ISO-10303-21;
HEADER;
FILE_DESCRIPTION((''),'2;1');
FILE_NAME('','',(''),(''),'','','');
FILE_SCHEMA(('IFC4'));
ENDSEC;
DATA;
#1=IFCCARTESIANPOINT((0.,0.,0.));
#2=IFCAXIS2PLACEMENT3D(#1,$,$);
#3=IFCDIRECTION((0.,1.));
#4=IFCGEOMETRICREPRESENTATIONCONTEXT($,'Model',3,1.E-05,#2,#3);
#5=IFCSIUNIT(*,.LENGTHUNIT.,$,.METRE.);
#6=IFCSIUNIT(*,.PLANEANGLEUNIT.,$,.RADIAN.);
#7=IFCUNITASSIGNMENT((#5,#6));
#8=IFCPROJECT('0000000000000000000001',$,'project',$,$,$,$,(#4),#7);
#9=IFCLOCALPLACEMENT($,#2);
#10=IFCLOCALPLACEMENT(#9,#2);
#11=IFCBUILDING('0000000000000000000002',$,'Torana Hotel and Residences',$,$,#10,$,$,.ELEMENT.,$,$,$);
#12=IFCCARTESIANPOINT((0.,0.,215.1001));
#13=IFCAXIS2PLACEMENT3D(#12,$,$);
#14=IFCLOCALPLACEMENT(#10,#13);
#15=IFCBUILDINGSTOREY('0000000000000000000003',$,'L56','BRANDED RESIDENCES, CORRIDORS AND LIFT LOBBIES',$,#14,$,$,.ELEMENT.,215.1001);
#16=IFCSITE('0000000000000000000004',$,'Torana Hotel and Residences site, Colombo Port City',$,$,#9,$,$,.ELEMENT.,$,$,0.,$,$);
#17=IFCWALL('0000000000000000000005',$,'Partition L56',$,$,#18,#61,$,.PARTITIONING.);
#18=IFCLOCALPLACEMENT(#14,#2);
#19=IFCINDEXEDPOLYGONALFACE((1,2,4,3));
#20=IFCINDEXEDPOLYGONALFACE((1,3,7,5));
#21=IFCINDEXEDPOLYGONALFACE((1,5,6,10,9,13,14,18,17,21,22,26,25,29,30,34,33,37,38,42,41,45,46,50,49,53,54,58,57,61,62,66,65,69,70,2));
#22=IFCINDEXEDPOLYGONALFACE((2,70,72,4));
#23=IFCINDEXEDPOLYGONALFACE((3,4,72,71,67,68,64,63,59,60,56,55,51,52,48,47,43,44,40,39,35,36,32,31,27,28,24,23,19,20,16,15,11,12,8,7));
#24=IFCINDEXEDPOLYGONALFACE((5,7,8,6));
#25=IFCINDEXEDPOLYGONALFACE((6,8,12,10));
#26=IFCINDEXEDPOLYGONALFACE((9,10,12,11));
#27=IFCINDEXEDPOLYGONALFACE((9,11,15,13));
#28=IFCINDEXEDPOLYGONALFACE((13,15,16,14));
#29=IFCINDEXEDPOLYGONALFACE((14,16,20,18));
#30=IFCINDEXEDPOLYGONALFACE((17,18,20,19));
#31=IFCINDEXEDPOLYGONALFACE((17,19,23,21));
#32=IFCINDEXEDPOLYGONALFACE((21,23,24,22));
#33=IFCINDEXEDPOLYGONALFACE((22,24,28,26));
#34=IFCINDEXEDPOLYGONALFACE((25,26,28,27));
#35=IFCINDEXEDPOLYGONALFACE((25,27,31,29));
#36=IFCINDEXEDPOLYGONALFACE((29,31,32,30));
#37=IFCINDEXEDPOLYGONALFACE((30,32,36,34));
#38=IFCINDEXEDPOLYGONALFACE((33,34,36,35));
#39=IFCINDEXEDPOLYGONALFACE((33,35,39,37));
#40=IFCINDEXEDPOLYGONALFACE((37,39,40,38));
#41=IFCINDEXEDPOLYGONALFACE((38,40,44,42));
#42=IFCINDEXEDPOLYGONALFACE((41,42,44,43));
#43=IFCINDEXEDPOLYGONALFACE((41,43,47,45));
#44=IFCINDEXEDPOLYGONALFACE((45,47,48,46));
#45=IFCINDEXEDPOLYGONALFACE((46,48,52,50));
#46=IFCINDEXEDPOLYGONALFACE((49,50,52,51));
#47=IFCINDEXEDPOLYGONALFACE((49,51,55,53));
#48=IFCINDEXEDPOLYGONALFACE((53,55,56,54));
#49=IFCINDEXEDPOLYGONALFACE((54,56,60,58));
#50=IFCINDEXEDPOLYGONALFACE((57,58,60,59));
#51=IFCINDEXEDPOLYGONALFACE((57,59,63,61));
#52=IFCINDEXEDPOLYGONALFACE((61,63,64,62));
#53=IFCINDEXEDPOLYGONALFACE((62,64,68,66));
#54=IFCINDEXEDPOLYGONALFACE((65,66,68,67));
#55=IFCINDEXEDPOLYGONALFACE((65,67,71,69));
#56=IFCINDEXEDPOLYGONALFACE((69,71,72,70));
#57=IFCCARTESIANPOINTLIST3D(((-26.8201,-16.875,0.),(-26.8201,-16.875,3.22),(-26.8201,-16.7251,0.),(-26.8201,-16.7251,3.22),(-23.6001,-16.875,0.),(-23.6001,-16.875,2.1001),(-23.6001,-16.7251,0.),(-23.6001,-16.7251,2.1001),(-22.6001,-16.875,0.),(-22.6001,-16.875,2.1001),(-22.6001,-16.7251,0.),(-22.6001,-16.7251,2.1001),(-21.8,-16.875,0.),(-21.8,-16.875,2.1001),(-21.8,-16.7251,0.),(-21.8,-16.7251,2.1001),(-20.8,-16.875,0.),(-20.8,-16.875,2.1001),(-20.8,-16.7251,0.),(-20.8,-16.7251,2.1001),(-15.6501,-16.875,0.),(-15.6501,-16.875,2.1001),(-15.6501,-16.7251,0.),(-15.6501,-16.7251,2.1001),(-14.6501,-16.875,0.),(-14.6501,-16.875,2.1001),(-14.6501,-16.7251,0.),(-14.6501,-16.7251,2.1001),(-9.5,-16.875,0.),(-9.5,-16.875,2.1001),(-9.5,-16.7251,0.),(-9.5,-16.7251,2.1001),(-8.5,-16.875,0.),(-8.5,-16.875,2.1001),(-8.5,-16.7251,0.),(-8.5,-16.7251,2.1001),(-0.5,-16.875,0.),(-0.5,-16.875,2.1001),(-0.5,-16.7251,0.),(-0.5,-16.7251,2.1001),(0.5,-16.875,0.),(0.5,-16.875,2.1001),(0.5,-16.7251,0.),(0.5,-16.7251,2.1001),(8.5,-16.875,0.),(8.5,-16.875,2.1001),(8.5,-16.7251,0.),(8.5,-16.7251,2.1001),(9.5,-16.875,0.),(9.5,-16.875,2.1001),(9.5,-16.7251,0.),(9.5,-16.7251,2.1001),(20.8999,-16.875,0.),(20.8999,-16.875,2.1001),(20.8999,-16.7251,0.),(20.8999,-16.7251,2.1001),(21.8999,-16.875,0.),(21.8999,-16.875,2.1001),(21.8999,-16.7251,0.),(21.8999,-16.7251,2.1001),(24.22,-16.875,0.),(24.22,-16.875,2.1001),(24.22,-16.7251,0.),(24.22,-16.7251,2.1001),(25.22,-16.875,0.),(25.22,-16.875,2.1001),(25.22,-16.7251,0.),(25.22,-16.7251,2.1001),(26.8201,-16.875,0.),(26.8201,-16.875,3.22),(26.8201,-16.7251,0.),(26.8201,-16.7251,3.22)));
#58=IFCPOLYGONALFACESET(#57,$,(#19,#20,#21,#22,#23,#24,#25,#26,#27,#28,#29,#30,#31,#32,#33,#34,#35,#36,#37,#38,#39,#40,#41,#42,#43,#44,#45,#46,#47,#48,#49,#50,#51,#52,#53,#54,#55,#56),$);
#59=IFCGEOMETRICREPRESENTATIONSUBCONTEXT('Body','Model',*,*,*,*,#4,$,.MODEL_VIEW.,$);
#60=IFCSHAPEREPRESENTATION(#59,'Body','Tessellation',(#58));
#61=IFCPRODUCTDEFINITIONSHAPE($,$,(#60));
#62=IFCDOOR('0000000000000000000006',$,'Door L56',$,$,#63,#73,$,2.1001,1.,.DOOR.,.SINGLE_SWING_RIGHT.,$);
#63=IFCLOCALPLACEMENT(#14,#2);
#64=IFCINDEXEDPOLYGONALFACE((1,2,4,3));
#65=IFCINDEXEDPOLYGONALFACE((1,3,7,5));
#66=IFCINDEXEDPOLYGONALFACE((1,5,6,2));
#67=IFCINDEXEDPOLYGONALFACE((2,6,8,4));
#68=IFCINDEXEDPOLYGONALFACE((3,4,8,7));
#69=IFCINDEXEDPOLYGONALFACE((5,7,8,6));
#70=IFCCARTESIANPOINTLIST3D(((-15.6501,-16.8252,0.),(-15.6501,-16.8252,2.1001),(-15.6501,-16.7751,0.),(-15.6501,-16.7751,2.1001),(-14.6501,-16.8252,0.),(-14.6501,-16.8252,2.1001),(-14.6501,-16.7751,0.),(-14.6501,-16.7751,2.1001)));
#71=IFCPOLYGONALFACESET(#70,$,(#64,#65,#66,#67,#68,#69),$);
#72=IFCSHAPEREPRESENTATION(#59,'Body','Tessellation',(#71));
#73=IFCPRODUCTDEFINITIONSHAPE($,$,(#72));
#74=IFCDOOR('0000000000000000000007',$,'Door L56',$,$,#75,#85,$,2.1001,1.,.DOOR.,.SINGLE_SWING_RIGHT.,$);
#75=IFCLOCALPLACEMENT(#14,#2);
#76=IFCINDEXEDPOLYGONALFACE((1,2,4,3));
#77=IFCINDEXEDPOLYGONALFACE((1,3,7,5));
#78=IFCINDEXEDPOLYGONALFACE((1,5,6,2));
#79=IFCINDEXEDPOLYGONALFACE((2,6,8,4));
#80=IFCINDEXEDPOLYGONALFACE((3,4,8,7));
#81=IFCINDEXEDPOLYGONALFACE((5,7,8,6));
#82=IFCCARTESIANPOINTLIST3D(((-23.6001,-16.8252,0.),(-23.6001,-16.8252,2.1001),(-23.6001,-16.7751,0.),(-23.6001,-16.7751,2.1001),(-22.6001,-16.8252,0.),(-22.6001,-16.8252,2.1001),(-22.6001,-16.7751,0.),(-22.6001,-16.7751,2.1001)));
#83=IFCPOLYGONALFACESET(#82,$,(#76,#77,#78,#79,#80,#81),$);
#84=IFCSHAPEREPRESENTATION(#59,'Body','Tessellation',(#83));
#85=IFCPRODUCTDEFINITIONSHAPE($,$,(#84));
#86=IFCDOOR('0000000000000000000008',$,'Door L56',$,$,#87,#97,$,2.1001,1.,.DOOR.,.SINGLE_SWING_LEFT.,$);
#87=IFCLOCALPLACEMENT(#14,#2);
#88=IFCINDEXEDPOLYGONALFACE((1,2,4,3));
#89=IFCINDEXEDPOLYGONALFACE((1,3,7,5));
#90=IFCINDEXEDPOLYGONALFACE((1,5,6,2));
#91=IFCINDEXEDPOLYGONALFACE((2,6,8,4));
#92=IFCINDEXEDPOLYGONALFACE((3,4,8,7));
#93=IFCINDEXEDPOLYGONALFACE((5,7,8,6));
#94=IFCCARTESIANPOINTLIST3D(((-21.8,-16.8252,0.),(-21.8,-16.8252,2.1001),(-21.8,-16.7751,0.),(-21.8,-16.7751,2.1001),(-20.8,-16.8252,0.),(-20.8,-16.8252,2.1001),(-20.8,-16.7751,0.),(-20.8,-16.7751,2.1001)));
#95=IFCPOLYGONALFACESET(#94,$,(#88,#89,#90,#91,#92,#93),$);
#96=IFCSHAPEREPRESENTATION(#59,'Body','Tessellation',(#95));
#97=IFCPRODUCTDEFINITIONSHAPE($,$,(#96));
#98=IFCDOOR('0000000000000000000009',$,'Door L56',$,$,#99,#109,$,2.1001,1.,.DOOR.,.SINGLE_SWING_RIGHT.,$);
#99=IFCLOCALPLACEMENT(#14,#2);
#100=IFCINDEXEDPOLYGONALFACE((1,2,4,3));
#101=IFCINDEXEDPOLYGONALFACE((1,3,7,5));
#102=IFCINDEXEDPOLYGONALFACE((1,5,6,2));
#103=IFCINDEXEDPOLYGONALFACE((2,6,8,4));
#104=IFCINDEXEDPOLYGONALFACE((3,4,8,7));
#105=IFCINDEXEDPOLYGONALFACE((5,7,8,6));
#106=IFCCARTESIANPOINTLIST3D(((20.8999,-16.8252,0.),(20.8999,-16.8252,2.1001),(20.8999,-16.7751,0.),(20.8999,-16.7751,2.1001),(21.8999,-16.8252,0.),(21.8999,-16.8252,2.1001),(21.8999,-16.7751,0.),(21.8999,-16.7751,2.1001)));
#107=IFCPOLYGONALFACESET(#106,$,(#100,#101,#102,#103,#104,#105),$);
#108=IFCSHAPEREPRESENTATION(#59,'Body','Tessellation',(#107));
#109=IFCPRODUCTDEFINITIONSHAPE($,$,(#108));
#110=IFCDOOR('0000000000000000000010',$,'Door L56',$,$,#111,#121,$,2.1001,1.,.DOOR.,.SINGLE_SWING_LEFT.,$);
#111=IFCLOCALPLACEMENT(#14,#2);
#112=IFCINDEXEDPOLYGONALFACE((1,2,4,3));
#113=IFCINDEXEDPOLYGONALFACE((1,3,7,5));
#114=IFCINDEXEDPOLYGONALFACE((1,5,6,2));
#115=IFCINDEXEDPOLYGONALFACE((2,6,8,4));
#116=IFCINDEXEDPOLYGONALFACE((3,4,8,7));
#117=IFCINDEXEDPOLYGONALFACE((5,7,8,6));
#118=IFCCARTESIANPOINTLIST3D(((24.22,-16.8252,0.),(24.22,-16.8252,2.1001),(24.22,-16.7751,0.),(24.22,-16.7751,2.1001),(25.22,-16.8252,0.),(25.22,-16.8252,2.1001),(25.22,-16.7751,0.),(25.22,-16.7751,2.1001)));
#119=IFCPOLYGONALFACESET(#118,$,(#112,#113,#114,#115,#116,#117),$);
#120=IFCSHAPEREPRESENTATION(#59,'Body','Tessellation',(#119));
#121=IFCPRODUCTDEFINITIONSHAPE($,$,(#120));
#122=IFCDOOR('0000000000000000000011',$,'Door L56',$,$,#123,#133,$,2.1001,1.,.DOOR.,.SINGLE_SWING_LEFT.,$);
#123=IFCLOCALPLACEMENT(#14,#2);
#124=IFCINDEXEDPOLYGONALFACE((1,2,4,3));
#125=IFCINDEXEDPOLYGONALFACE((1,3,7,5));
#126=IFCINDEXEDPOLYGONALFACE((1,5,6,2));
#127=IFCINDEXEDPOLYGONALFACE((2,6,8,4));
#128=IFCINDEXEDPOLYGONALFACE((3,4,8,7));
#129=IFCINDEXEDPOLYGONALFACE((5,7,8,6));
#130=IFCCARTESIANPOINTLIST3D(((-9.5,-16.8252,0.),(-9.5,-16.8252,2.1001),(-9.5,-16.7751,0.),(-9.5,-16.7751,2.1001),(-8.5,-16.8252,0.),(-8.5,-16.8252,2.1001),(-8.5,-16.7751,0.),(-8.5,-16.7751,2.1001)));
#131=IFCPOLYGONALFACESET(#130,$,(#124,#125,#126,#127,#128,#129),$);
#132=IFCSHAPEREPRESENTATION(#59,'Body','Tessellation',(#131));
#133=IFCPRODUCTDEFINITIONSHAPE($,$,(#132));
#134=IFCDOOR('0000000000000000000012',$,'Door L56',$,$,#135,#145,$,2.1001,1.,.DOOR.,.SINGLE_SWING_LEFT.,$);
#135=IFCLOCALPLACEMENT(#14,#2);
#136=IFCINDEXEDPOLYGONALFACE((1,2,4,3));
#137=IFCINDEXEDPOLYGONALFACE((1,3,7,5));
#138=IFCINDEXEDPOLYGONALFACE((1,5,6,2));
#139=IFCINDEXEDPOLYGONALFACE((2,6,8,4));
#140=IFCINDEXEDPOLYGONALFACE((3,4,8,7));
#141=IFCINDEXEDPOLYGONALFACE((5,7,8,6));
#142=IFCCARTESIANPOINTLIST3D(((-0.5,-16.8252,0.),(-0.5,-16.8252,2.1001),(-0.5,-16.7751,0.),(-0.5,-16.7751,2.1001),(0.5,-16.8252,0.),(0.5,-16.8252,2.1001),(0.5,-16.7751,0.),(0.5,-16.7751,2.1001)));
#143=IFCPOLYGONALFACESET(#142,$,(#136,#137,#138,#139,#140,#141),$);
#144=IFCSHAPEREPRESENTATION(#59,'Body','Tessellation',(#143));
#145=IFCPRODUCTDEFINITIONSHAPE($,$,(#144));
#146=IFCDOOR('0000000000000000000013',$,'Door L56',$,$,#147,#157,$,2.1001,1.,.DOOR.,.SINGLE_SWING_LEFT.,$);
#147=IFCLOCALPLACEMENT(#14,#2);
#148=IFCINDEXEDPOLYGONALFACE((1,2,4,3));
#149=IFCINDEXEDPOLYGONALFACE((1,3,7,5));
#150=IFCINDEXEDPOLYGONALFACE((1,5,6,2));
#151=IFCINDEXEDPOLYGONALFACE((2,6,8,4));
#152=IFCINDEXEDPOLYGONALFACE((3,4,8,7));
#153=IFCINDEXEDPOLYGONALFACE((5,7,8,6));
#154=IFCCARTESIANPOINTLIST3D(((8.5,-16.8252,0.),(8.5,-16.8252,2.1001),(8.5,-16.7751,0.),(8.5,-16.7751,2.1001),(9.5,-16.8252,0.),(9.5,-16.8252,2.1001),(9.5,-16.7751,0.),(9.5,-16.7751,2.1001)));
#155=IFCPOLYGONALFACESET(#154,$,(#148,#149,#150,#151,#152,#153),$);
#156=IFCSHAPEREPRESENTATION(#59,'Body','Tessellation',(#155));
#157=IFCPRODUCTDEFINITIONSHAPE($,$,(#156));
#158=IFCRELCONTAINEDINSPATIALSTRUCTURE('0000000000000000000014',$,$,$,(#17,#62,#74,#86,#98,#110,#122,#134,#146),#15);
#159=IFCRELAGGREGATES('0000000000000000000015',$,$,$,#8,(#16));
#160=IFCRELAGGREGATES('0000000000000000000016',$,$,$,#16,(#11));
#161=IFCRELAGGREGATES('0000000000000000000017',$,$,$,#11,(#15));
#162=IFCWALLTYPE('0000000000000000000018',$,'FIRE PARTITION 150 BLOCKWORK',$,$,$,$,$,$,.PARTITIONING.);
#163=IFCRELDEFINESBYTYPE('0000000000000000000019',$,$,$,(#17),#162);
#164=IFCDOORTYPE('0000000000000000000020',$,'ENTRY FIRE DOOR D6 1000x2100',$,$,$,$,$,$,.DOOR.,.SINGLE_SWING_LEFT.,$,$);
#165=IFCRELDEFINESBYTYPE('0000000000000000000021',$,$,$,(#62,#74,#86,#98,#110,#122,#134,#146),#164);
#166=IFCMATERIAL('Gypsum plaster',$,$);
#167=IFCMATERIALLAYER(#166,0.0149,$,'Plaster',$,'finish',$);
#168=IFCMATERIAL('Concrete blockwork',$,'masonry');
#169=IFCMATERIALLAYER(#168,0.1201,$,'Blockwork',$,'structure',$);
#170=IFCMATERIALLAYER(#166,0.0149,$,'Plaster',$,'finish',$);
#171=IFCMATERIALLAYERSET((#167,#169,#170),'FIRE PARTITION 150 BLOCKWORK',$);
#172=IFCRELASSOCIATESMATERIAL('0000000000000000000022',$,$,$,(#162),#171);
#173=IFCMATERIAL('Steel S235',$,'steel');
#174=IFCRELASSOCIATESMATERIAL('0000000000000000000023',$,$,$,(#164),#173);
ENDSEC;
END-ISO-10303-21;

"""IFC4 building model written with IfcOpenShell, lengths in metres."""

from ifc_helpers import new_model, si_unit, direction, frame, frame_2d, origin, place, context, subcontext, project, spatial, rectangle, extrude, material, layer, layer_set, type_object, element, fill, save


model = new_model("IFC4")

# Units and contexts
model_context = context("Model", 3, precision=1e-05, world=origin(), true_north=direction((0.0, 1.0)))
body_context = subcontext(model_context, "Body", "Model", "MODEL_VIEW")
ifc_project = project(units=[si_unit("LENGTHUNIT", "METRE"), si_unit("PLANEANGLEUNIT", "RADIAN")], contexts=[model_context])

# Site, building, storey
site_placement = place(None, origin())
site = spatial("IfcSite", under=ifc_project, at=site_placement, Name="Torana Hotel and Residences site, Colombo Port City", CompositionType="ELEMENT", RefElevation=0.0)
building_placement = place(site_placement, origin())
building = spatial("IfcBuilding", under=site, at=building_placement, Name="Torana Hotel and Residences", CompositionType="ELEMENT")
storey_placement = place(building_placement, frame((0.0, 0.0, 215.1001)))
storey = spatial("IfcBuildingStorey", under=building, at=storey_placement, Name="L56", Description="BRANDED RESIDENCES, CORRIDORS AND LIFT LOBBIES", CompositionType="ELEMENT", Elevation=215.1001)

# Wall, openings, doors
ifc_material_1 = material(Name="Gypsum plaster")
ifc_layer_1 = layer(ifc_material_1, 0.0149, Name="Plaster", Category="finish")
ifc_material_2 = material(Name="Concrete blockwork", Category="masonry")
ifc_layer_2 = layer(ifc_material_2, 0.1201, Name="Blockwork", Category="structure")
ifc_layer_3 = layer(ifc_material_1, 0.0149, Name="Plaster", Category="finish")
ifc_layer_set_1 = layer_set([ifc_layer_1, ifc_layer_2, ifc_layer_3], Name="FIRE PARTITION 150 BLOCKWORK")
wall_type_1 = type_object("IfcWallType", Name="FIRE PARTITION 150 BLOCKWORK", PredefinedType="PARTITIONING", material=ifc_layer_set_1)
wall_1_placement = place(storey_placement, frame((-26.8201, -16.8, 0.0), z_axis=(0.0, 0.0, 1.0), x_axis=(1.0, 0.0, 0.0)))
wall_1 = element("IfcWall", 1, at=wall_1_placement, inside=storey, type_object=wall_type_1, Name="Partition L56", PredefinedType="PARTITIONING", context=body_context, shape_type="SweptSolid", body=[
    extrude(rectangle(XDim=53.6401, YDim=0.1499, at=frame_2d((26.8201, 0.0))), origin(), (0.0, 0.0, 1.0), 3.22),
])
opening_1_placement = place(wall_1_placement, frame((11.1699, 0.0, 0.0)))
opening_1 = element("IfcOpeningElement", 2, at=opening_1_placement, cuts=wall_1, PredefinedType="OPENING", context=body_context, shape_type="SweptSolid", body=[
    extrude(rectangle(XDim=1.0, YDim=2.1001, at=frame_2d((0.5, 1.05))), frame((0.0, 0.085, 0.0), z_axis=(0.0, -1.0, 0.0), x_axis=(1.0, 0.0, 0.0)), (0.0, 0.0, 1.0), 0.1699),
])
opening_2_placement = place(wall_1_placement, frame((3.22, 0.0, 0.0)))
opening_2 = element("IfcOpeningElement", 3, at=opening_2_placement, cuts=wall_1, PredefinedType="OPENING", context=body_context, shape_type="SweptSolid", body=[
    extrude(rectangle(XDim=1.0, YDim=2.1001, at=frame_2d((0.5, 1.05))), frame((0.0, 0.085, 0.0), z_axis=(0.0, -1.0, 0.0), x_axis=(1.0, 0.0, 0.0)), (0.0, 0.0, 1.0), 0.1699),
])
opening_3_placement = place(wall_1_placement, frame((5.02, 0.0, 0.0)))
opening_3 = element("IfcOpeningElement", 4, at=opening_3_placement, cuts=wall_1, PredefinedType="OPENING", context=body_context, shape_type="SweptSolid", body=[
    extrude(rectangle(XDim=1.0, YDim=2.1001, at=frame_2d((0.5, 1.05))), frame((0.0, 0.085, 0.0), z_axis=(0.0, -1.0, 0.0), x_axis=(1.0, 0.0, 0.0)), (0.0, 0.0, 1.0), 0.1699),
])
opening_4_placement = place(wall_1_placement, frame((47.72, 0.0, 0.0)))
opening_4 = element("IfcOpeningElement", 5, at=opening_4_placement, cuts=wall_1, PredefinedType="OPENING", context=body_context, shape_type="SweptSolid", body=[
    extrude(rectangle(XDim=1.0, YDim=2.1001, at=frame_2d((0.5, 1.05))), frame((0.0, 0.085, 0.0), z_axis=(0.0, -1.0, 0.0), x_axis=(1.0, 0.0, 0.0)), (0.0, 0.0, 1.0), 0.1699),
])
opening_5_placement = place(wall_1_placement, frame((51.04, 0.0, 0.0)))
opening_5 = element("IfcOpeningElement", 6, at=opening_5_placement, cuts=wall_1, PredefinedType="OPENING", context=body_context, shape_type="SweptSolid", body=[
    extrude(rectangle(XDim=1.0, YDim=2.1001, at=frame_2d((0.5, 1.05))), frame((0.0, 0.085, 0.0), z_axis=(0.0, -1.0, 0.0), x_axis=(1.0, 0.0, 0.0)), (0.0, 0.0, 1.0), 0.1699),
])
opening_6_placement = place(wall_1_placement, frame((17.3201, 0.0, 0.0)))
opening_6 = element("IfcOpeningElement", 7, at=opening_6_placement, cuts=wall_1, PredefinedType="OPENING", context=body_context, shape_type="SweptSolid", body=[
    extrude(rectangle(XDim=1.0, YDim=2.1001, at=frame_2d((0.5, 1.05))), frame((0.0, 0.085, 0.0), z_axis=(0.0, -1.0, 0.0), x_axis=(1.0, 0.0, 0.0)), (0.0, 0.0, 1.0), 0.1699),
])
opening_7_placement = place(wall_1_placement, frame((26.3201, 0.0, 0.0)))
opening_7 = element("IfcOpeningElement", 8, at=opening_7_placement, cuts=wall_1, PredefinedType="OPENING", context=body_context, shape_type="SweptSolid", body=[
    extrude(rectangle(XDim=1.0, YDim=2.1001, at=frame_2d((0.5, 1.05))), frame((0.0, 0.085, 0.0), z_axis=(0.0, -1.0, 0.0), x_axis=(1.0, 0.0, 0.0)), (0.0, 0.0, 1.0), 0.1699),
])
opening_8_placement = place(wall_1_placement, frame((35.3201, 0.0, 0.0)))
opening_8 = element("IfcOpeningElement", 9, at=opening_8_placement, cuts=wall_1, PredefinedType="OPENING", context=body_context, shape_type="SweptSolid", body=[
    extrude(rectangle(XDim=1.0, YDim=2.1001, at=frame_2d((0.5, 1.05))), frame((0.0, 0.085, 0.0), z_axis=(0.0, -1.0, 0.0), x_axis=(1.0, 0.0, 0.0)), (0.0, 0.0, 1.0), 0.1699),
])
ifc_material_3 = material(Name="Steel S235", Category="steel")
door_type = type_object("IfcDoorType", Name="ENTRY FIRE DOOR D6 1000x2100", OperationType="SINGLE_SWING_LEFT", PredefinedType="DOOR", material=ifc_material_3)
door_1_placement = place(opening_1_placement, origin())
door_1 = element("IfcDoor", 10, at=door_1_placement, inside=storey, type_object=door_type, Name="Door L56", OperationType="SINGLE_SWING_RIGHT", OverallHeight=2.1001, OverallWidth=1.0, PredefinedType="DOOR", context=body_context, shape_type="SweptSolid", body=[
    extrude(rectangle(XDim=1.0, YDim=2.1001, at=frame_2d((0.5, 1.05))), frame((0.0, 0.0249, 0.0), z_axis=(0.0, -1.0, 0.0), x_axis=(1.0, 0.0, 0.0)), (0.0, 0.0, 1.0), 0.05),
])
fill(opening_1, door_1)
door_2_placement = place(opening_2_placement, origin())
door_2 = element("IfcDoor", 11, at=door_2_placement, inside=storey, type_object=door_type, Name="Door L56", OperationType="SINGLE_SWING_RIGHT", OverallHeight=2.1001, OverallWidth=1.0, PredefinedType="DOOR", context=body_context, shape_type="SweptSolid", body=[
    extrude(rectangle(XDim=1.0, YDim=2.1001, at=frame_2d((0.5, 1.05))), frame((0.0, 0.0249, 0.0), z_axis=(0.0, -1.0, 0.0), x_axis=(1.0, 0.0, 0.0)), (0.0, 0.0, 1.0), 0.05),
])
fill(opening_2, door_2)
door_3_placement = place(opening_3_placement, frame((0.5, 0.0, 0.0), z_axis=(0.0, 0.0, 1.0), x_axis=(-1.0, 0.0, 0.0)))
door_3 = element("IfcDoor", 12, at=door_3_placement, inside=storey, type_object=door_type, Name="Door L56", OperationType="SINGLE_SWING_LEFT", OverallHeight=2.1001, OverallWidth=1.0, PredefinedType="DOOR", context=body_context, shape_type="SweptSolid", body=[
    extrude(rectangle(XDim=1.0, YDim=2.1001, at=frame_2d((0.0, 1.05))), frame((0.0, -0.0249, 0.0), z_axis=(0.0, 1.0, 0.0), x_axis=(-1.0, 0.0, 0.0)), (0.0, 0.0, 1.0), 0.05),
])
fill(opening_3, door_3)
door_4_placement = place(opening_4_placement, origin())
door_4 = element("IfcDoor", 13, at=door_4_placement, inside=storey, type_object=door_type, Name="Door L56", OperationType="SINGLE_SWING_RIGHT", OverallHeight=2.1001, OverallWidth=1.0, PredefinedType="DOOR", context=body_context, shape_type="SweptSolid", body=[
    extrude(rectangle(XDim=1.0, YDim=2.1001, at=frame_2d((0.5, 1.05))), frame((0.0, 0.0249, 0.0), z_axis=(0.0, -1.0, 0.0), x_axis=(1.0, 0.0, 0.0)), (0.0, 0.0, 1.0), 0.05),
])
fill(opening_4, door_4)
door_5_placement = place(opening_5_placement, frame((0.5, 0.0, 0.0), z_axis=(0.0, 0.0, 1.0), x_axis=(-1.0, 0.0, 0.0)))
door_5 = element("IfcDoor", 14, at=door_5_placement, inside=storey, type_object=door_type, Name="Door L56", OperationType="SINGLE_SWING_LEFT", OverallHeight=2.1001, OverallWidth=1.0, PredefinedType="DOOR", context=body_context, shape_type="SweptSolid", body=[
    extrude(rectangle(XDim=1.0, YDim=2.1001, at=frame_2d((0.0, 1.05))), frame((0.0, -0.0249, 0.0), z_axis=(0.0, 1.0, 0.0), x_axis=(-1.0, 0.0, 0.0)), (0.0, 0.0, 1.0), 0.05),
])
fill(opening_5, door_5)
door_6_placement = place(opening_6_placement, frame((0.5, 0.0, 0.0), z_axis=(0.0, 0.0, 1.0), x_axis=(-1.0, 0.0, 0.0)))
door_6 = element("IfcDoor", 15, at=door_6_placement, inside=storey, type_object=door_type, Name="Door L56", OperationType="SINGLE_SWING_LEFT", OverallHeight=2.1001, OverallWidth=1.0, PredefinedType="DOOR", context=body_context, shape_type="SweptSolid", body=[
    extrude(rectangle(XDim=1.0, YDim=2.1001, at=frame_2d((0.0, 1.05))), frame((0.0, -0.0249, 0.0), z_axis=(0.0, 1.0, 0.0), x_axis=(-1.0, 0.0, 0.0)), (0.0, 0.0, 1.0), 0.05),
])
fill(opening_6, door_6)
door_7_placement = place(opening_7_placement, frame((0.5, 0.0, 0.0), z_axis=(0.0, 0.0, 1.0), x_axis=(-1.0, 0.0, 0.0)))
door_7 = element("IfcDoor", 16, at=door_7_placement, inside=storey, type_object=door_type, Name="Door L56", OperationType="SINGLE_SWING_LEFT", OverallHeight=2.1001, OverallWidth=1.0, PredefinedType="DOOR", context=body_context, shape_type="SweptSolid", body=[
    extrude(rectangle(XDim=1.0, YDim=2.1001, at=frame_2d((0.0, 1.05))), frame((0.0, -0.0249, 0.0), z_axis=(0.0, 1.0, 0.0), x_axis=(-1.0, 0.0, 0.0)), (0.0, 0.0, 1.0), 0.05),
])
fill(opening_7, door_7)
door_8_placement = place(opening_8_placement, frame((0.5, 0.0, 0.0), z_axis=(0.0, 0.0, 1.0), x_axis=(-1.0, 0.0, 0.0)))
door_8 = element("IfcDoor", 17, at=door_8_placement, inside=storey, type_object=door_type, Name="Door L56", OperationType="SINGLE_SWING_LEFT", OverallHeight=2.1001, OverallWidth=1.0, PredefinedType="DOOR", context=body_context, shape_type="SweptSolid", body=[
    extrude(rectangle(XDim=1.0, YDim=2.1001, at=frame_2d((0.0, 1.05))), frame((0.0, -0.0249, 0.0), z_axis=(0.0, 1.0, 0.0), x_axis=(-1.0, 0.0, 0.0)), (0.0, 0.0, 1.0), 0.05),
])
fill(opening_8, door_8)

save(model, "model.ifc")
